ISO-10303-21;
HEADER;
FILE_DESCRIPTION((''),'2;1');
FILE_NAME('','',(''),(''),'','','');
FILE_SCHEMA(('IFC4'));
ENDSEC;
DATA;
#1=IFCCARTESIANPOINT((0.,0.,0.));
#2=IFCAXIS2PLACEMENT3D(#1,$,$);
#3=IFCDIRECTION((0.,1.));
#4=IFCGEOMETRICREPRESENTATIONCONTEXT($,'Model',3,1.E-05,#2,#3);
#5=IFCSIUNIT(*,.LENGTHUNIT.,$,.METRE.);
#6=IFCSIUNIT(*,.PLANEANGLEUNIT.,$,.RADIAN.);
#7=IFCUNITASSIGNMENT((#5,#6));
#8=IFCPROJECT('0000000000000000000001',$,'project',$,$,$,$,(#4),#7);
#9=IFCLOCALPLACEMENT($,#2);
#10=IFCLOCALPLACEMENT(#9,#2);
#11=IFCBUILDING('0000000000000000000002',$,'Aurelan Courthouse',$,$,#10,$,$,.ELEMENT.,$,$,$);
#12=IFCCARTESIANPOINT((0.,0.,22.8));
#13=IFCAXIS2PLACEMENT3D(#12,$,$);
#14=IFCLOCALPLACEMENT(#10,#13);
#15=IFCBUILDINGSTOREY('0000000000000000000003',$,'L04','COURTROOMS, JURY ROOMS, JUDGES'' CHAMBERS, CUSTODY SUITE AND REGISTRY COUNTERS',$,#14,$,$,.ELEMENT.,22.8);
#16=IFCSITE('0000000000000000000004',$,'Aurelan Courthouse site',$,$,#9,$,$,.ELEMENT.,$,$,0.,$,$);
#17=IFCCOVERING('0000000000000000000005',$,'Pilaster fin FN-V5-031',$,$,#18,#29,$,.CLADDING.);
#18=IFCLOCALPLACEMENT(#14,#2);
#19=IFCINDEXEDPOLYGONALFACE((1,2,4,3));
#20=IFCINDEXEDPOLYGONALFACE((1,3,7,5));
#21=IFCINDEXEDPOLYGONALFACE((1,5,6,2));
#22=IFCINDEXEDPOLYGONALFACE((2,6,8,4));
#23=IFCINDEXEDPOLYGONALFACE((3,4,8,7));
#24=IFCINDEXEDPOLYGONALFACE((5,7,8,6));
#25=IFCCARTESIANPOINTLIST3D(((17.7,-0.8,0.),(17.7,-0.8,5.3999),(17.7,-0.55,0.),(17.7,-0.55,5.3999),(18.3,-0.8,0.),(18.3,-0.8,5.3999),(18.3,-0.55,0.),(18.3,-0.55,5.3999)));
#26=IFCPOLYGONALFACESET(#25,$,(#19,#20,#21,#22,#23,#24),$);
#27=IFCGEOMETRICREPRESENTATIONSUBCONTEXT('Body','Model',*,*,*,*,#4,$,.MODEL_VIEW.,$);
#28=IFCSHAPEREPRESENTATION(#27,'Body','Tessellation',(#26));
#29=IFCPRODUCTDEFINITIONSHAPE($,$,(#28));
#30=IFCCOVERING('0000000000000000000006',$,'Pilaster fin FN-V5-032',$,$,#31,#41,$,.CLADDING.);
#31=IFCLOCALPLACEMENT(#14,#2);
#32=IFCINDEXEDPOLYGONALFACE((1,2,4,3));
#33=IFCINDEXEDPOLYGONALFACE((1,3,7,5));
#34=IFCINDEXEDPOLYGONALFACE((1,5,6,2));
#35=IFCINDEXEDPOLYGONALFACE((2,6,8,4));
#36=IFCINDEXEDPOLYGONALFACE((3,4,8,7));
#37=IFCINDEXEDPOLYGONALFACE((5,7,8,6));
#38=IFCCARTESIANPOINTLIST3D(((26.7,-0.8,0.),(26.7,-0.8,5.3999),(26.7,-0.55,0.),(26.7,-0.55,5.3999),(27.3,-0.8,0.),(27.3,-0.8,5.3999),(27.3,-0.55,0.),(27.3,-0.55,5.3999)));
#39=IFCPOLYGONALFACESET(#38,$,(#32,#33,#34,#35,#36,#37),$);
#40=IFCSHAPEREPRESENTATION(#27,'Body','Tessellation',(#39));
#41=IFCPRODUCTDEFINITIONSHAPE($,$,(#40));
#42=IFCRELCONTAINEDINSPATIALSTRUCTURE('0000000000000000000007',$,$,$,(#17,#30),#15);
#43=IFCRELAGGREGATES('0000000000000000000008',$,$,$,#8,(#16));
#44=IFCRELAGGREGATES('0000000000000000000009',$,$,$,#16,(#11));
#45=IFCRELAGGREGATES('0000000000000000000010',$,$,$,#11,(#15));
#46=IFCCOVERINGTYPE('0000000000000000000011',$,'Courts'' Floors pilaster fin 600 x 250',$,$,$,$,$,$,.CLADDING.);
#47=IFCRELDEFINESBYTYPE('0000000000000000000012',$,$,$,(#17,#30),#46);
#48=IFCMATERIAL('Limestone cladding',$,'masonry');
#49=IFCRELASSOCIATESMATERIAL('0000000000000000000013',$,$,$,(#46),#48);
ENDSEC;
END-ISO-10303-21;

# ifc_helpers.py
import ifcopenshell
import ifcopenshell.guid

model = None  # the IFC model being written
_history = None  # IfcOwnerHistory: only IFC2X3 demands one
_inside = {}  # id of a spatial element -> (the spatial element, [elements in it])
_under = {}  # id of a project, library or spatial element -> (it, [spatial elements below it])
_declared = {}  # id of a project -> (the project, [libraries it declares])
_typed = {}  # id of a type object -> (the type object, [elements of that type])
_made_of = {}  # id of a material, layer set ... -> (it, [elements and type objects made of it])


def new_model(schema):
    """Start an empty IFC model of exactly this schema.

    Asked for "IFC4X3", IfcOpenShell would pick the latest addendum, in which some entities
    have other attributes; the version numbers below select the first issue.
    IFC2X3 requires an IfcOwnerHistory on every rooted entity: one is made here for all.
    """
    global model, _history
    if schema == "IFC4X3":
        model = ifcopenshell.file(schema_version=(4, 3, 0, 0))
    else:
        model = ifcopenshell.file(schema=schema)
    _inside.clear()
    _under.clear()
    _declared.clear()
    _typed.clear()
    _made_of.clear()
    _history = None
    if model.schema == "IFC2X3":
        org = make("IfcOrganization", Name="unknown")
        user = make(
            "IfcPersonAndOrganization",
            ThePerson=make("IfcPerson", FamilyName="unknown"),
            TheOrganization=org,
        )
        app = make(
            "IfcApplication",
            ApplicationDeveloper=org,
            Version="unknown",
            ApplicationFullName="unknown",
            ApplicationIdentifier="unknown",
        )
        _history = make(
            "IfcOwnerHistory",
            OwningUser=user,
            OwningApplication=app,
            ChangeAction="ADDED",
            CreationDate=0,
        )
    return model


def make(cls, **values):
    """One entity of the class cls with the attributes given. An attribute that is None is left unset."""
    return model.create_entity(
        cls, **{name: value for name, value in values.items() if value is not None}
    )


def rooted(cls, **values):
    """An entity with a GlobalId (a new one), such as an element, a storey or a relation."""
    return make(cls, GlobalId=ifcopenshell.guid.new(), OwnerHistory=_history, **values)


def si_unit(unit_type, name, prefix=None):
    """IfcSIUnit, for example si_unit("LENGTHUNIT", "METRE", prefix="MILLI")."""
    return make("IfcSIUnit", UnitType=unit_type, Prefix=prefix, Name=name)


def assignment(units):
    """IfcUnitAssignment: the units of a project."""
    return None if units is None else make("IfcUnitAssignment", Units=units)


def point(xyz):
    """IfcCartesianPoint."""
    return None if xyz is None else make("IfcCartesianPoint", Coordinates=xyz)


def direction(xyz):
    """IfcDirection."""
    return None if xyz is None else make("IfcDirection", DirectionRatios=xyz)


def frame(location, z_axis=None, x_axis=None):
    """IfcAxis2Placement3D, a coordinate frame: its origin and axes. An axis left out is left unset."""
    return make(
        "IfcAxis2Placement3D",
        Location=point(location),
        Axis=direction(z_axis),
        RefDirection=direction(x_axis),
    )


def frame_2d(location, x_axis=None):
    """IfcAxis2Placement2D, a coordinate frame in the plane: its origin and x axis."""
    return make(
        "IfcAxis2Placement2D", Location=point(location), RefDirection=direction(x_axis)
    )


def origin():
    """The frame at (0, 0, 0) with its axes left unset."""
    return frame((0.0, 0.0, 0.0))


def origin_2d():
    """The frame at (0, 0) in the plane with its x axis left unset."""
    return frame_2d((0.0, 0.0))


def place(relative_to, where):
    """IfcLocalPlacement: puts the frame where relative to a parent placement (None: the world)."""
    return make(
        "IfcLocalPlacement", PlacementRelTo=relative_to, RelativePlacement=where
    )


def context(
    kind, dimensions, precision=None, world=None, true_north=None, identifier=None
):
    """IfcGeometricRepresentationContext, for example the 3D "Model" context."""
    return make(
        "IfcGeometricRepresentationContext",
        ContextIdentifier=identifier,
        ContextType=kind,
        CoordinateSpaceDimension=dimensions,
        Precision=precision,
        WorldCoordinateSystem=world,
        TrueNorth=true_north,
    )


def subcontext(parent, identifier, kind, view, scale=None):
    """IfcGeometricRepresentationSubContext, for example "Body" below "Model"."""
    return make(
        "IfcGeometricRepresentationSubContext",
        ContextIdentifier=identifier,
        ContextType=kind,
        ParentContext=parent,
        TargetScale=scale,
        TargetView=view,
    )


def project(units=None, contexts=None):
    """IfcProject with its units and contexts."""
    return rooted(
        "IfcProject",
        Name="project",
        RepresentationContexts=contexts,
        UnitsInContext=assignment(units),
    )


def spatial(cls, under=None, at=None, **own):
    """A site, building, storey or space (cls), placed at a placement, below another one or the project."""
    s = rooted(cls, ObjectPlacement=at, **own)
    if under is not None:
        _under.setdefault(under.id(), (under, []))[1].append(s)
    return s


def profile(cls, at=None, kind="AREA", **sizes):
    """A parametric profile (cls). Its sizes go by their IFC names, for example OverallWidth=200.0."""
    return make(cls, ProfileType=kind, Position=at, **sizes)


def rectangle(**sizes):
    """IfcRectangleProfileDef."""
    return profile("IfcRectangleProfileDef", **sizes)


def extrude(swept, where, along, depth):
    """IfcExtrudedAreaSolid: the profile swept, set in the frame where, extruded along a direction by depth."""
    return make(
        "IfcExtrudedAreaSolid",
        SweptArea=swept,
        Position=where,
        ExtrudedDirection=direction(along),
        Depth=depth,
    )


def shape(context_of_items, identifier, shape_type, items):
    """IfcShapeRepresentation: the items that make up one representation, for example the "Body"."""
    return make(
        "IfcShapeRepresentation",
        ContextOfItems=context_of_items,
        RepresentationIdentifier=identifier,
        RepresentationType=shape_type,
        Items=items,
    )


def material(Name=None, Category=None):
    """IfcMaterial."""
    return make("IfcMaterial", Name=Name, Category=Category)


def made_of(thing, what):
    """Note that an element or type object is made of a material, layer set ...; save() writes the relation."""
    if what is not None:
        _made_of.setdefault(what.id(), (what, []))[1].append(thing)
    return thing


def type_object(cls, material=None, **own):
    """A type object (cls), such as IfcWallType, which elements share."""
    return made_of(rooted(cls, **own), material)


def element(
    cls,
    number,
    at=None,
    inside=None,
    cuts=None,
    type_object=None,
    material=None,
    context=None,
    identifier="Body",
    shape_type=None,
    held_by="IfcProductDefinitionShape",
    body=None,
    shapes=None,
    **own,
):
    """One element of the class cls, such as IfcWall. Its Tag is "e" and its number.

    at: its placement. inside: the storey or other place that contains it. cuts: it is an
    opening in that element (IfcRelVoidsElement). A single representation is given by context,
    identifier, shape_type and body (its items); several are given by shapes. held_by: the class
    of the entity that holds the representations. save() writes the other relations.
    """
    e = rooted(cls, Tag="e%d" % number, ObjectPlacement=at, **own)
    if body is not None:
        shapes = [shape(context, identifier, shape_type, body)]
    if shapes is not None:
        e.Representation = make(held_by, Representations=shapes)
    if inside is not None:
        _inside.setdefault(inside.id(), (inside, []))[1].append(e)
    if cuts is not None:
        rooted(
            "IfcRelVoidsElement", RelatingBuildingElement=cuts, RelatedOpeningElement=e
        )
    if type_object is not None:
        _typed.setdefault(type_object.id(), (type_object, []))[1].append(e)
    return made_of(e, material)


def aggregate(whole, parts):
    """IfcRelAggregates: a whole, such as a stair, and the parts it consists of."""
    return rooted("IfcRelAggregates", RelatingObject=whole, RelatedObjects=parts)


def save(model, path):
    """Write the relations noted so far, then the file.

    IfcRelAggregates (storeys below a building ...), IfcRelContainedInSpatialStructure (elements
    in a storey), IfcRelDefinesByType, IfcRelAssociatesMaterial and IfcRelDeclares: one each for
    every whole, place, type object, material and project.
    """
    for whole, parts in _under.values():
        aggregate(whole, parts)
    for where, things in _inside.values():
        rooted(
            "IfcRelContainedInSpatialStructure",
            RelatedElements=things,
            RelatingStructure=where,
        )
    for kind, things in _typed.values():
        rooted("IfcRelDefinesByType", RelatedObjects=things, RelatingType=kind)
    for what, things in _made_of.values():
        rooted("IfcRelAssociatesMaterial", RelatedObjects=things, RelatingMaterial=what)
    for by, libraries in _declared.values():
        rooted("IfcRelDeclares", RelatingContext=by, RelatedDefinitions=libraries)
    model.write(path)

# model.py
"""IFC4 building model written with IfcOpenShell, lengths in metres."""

from ifc_helpers import new_model, si_unit, direction, frame, origin, origin_2d, place, context, subcontext, project, spatial, rectangle, extrude, material, type_object, element, save


model = new_model("IFC4")

# Units and contexts
model_context = context("Model", 3, precision=1e-05, world=origin(), true_north=direction((0.0, 1.0)))
body_context = subcontext(model_context, "Body", "Model", "MODEL_VIEW")
ifc_project = project(units=[si_unit("LENGTHUNIT", "METRE"), si_unit("PLANEANGLEUNIT", "RADIAN")], contexts=[model_context])

# Site, building, storey
site_placement = place(None, origin())
site = spatial("IfcSite", under=ifc_project, at=site_placement, Name="Aurelan Courthouse site", CompositionType="ELEMENT", RefElevation=0.0)
building_placement = place(site_placement, origin())
building = spatial("IfcBuilding", under=site, at=building_placement, Name="Aurelan Courthouse", CompositionType="ELEMENT")
storey_placement = place(building_placement, frame((0.0, 0.0, 22.8)))
storey = spatial("IfcBuildingStorey", under=building, at=storey_placement, Name="L04", Description="COURTROOMS, JURY ROOMS, JUDGES' CHAMBERS, CUSTODY SUITE AND REGISTRY COUNTERS", CompositionType="ELEMENT", Elevation=22.8)

# Shared definitions
ifc_material_1 = material(Name="Limestone cladding", Category="masonry")

# Coverings
covering_type_1 = type_object("IfcCoveringType", Name="Courts' Floors pilaster fin 600 x 250", PredefinedType="CLADDING", material=ifc_material_1)
for number, where, z_axis, x_axis, name in (
    (1, (18.0, -0.675, 0.0), (0.0, 0.0, 1.0), (1.0, 0.0, 0.0), "Pilaster fin FN-V5-031"),
    (2, (27.0, -0.675, 0.0), (0.0, 0.0, 1.0), (1.0, 0.0, 0.0), "Pilaster fin FN-V5-032"),
):
    element("IfcCovering", number, at=place(storey_placement, frame(where, z_axis=z_axis, x_axis=x_axis)), inside=storey, type_object=covering_type_1, Name=name, PredefinedType="CLADDING", context=body_context, shape_type="SweptSolid", body=[
        extrude(rectangle(XDim=0.6001, YDim=0.25, at=origin_2d()), origin(), (0.0, 0.0, 1.0), 5.3999),
    ])

save(model, "model.ifc")
